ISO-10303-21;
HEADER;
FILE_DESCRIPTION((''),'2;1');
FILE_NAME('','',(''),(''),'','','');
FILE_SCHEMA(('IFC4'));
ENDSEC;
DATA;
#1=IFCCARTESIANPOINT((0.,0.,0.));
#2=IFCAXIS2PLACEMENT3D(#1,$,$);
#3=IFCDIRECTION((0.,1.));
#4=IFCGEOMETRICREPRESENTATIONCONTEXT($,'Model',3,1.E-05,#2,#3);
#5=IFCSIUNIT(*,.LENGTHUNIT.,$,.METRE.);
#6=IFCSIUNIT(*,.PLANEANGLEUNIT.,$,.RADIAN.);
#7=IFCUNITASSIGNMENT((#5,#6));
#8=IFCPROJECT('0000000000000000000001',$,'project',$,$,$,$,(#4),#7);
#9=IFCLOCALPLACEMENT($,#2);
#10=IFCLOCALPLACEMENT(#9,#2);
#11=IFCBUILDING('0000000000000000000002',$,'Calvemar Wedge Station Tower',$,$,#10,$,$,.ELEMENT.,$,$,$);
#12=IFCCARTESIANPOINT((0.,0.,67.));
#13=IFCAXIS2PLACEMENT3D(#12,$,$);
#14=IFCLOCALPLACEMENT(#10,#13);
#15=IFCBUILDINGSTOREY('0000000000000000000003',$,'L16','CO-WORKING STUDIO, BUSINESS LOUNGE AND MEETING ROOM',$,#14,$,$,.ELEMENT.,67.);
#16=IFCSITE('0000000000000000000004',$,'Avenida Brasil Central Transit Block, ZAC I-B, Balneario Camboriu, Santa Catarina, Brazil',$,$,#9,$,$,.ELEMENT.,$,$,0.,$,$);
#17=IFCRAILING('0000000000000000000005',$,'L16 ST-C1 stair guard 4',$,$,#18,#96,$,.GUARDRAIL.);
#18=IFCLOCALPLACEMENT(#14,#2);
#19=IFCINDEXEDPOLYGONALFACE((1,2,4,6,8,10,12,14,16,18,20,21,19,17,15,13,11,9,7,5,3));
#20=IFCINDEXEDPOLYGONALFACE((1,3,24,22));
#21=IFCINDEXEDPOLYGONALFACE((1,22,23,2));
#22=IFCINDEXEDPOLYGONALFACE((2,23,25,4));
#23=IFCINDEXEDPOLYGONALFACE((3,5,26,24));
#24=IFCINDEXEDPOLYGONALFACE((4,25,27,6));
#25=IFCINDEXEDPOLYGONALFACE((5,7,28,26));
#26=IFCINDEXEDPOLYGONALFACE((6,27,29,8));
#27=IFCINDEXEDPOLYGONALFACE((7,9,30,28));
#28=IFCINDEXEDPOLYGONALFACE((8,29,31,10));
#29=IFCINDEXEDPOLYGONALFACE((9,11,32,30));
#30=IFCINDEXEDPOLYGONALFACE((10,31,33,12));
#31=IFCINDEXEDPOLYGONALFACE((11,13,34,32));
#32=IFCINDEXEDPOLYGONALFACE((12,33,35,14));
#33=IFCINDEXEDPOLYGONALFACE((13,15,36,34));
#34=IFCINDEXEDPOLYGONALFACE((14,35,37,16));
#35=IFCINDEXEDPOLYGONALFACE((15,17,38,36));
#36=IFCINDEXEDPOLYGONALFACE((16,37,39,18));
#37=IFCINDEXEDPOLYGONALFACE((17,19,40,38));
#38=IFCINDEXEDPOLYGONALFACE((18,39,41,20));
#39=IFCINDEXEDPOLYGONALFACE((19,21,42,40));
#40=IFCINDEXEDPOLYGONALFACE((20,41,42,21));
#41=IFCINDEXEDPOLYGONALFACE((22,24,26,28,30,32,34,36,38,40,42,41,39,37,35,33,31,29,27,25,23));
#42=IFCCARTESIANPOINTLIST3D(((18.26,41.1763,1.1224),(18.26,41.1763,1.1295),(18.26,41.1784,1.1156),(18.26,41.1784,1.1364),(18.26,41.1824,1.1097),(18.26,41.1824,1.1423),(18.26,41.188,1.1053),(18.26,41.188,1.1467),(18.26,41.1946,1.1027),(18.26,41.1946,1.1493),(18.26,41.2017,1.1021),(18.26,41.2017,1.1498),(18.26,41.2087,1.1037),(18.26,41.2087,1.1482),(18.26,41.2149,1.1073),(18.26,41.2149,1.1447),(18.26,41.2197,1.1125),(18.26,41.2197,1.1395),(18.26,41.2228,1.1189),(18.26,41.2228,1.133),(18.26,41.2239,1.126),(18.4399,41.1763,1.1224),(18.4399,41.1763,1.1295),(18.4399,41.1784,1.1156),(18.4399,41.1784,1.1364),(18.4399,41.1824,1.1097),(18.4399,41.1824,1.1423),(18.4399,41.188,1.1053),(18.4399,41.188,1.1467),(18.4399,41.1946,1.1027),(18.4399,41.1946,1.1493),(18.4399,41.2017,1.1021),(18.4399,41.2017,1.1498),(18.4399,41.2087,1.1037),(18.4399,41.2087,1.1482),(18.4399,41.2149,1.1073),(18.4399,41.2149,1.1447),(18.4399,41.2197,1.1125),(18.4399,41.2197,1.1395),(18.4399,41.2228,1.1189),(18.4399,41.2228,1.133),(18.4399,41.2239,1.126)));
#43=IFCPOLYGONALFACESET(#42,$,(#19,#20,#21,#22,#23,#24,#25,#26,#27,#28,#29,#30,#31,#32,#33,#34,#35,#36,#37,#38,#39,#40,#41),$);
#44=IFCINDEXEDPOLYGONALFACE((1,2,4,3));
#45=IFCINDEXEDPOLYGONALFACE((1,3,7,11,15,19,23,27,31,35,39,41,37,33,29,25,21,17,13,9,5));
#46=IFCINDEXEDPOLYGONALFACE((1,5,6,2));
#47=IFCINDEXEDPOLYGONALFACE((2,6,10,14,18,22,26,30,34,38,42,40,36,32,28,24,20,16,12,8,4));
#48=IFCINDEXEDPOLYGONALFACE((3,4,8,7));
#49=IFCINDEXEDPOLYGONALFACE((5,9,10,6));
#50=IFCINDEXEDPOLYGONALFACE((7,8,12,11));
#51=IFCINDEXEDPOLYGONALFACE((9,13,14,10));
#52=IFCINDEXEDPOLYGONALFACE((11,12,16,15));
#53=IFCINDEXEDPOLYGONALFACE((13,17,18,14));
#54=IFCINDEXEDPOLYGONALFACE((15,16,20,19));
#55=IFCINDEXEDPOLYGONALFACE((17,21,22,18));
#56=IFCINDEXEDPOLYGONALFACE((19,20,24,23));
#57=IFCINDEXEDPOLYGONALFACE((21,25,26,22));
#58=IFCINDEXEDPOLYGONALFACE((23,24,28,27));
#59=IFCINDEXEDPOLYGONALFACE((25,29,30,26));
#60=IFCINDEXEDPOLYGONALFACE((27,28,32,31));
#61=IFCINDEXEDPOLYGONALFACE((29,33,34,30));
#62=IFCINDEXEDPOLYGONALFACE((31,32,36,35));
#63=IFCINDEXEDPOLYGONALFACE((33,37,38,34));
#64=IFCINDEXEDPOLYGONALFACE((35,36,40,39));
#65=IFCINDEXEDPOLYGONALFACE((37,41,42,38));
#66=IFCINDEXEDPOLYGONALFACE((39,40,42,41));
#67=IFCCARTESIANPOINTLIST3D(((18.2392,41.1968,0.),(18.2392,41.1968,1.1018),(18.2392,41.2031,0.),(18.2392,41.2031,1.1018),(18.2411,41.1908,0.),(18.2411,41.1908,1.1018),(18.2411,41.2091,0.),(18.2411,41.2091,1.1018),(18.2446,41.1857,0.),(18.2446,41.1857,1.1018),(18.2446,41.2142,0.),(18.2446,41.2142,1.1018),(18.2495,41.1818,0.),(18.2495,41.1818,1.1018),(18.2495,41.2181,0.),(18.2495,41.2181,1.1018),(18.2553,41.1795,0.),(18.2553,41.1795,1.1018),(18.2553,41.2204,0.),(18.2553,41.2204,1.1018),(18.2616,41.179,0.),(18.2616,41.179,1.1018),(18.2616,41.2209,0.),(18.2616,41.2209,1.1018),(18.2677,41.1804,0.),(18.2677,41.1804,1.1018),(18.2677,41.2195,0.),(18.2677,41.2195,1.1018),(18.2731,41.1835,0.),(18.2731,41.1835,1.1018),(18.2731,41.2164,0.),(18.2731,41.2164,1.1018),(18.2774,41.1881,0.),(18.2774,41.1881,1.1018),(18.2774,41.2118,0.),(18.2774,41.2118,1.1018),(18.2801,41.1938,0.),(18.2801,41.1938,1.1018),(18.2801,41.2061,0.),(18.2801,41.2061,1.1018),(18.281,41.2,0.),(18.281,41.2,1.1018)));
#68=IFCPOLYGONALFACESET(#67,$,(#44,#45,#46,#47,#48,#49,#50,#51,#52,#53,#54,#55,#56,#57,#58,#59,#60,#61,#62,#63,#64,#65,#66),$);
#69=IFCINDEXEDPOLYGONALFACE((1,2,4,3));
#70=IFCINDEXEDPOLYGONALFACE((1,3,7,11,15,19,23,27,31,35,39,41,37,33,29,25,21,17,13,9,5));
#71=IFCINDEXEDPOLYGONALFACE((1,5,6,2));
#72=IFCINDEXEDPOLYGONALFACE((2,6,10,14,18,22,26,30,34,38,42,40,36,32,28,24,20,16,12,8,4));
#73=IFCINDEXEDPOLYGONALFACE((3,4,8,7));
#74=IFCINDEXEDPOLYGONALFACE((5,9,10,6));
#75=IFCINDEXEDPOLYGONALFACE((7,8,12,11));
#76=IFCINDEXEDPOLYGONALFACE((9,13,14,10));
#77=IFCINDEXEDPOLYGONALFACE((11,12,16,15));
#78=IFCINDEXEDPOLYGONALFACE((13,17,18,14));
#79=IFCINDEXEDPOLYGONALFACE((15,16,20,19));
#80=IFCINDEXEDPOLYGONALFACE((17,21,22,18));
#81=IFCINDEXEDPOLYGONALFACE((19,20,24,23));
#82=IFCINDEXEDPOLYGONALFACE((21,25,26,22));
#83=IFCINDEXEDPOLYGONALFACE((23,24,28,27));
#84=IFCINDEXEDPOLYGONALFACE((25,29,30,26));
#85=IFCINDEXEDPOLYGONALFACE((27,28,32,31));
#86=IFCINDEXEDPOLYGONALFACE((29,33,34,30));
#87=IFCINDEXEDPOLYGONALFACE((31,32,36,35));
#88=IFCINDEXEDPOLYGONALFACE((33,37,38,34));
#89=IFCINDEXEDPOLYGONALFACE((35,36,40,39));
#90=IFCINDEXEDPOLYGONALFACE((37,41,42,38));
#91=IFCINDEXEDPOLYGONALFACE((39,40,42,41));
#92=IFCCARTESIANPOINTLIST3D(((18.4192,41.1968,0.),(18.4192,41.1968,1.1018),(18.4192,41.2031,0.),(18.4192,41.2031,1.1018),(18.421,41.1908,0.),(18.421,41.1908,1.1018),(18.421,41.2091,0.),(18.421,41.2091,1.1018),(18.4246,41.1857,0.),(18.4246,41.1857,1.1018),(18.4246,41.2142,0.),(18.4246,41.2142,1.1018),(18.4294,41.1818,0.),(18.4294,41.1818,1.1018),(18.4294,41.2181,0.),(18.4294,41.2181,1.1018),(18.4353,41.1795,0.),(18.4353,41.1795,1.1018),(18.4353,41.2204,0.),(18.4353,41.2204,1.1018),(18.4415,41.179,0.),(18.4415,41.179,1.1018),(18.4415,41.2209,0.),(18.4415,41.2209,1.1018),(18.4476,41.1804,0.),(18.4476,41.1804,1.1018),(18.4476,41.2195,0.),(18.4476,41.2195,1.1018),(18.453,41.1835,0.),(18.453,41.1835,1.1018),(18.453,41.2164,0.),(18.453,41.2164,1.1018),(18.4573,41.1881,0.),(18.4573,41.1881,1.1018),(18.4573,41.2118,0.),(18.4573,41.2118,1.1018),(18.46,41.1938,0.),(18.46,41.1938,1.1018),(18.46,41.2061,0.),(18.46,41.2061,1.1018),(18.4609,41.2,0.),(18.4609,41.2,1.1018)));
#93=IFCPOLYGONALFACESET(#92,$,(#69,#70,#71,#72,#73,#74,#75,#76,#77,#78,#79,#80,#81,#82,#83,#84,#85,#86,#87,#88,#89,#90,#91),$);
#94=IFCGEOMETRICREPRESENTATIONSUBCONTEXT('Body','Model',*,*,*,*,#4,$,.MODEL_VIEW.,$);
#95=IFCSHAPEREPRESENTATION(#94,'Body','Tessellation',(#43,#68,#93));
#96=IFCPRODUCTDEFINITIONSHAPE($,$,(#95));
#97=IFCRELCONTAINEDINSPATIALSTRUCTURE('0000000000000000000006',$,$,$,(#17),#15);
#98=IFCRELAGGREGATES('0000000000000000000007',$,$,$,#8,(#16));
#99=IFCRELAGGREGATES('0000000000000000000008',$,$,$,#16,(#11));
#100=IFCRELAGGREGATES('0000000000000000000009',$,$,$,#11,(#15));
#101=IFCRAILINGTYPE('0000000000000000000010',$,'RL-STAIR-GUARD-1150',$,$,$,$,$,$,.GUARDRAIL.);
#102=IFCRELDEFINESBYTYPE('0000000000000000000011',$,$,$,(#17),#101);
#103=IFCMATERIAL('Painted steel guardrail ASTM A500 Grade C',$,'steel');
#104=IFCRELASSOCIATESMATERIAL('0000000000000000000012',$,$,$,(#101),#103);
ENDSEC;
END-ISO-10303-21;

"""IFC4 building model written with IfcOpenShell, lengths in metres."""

from ifc_helpers import new_model, si_unit, direction, frame, origin, origin_2d, place, context, subcontext, project, spatial, circle, extrude, material, type_object, element, save


model = new_model("IFC4")

# Units and contexts
model_context = context("Model", 3, precision=1e-05, world=origin(), true_north=direction((0.0, 1.0)))
body_context = subcontext(model_context, "Body", "Model", "MODEL_VIEW")
ifc_project = project(units=[si_unit("LENGTHUNIT", "METRE"), si_unit("PLANEANGLEUNIT", "RADIAN")], contexts=[model_context])

# Site, building, storey
site_placement = place(None, origin())
site = spatial("IfcSite", under=ifc_project, at=site_placement, Name="Avenida Brasil Central Transit Block, ZAC I-B, Balneario Camboriu, Santa Catarina, Brazil", CompositionType="ELEMENT", RefElevation=0.0)
building_placement = place(site_placement, origin())
building = spatial("IfcBuilding", under=site, at=building_placement, Name="Calvemar Wedge Station Tower", CompositionType="ELEMENT")
storey_placement = place(building_placement, frame((0.0, 0.0, 67.0)))
storey = spatial("IfcBuildingStorey", under=building, at=storey_placement, Name="L16", Description="CO-WORKING STUDIO, BUSINESS LOUNGE AND MEETING ROOM", CompositionType="ELEMENT", Elevation=67.0)

# Railing
ifc_material_1 = material(Name="Painted steel guardrail ASTM A500 Grade C", Category="steel")
railing_type = type_object("IfcRailingType", Name="RL-STAIR-GUARD-1150", PredefinedType="GUARDRAIL", material=ifc_material_1)
railing_1_placement = place(storey_placement, frame((18.26, 41.2, 0.0)))
element("IfcRailing", 1, at=railing_1_placement, inside=storey, type_object=railing_type, Name="L16 ST-C1 stair guard 4", PredefinedType="GUARDRAIL", context=body_context, shape_type="SweptSolid", body=[
    extrude(circle(Radius=0.0239, at=origin_2d()), frame((0.0, 0.0, 1.126), z_axis=(1.0, 0.0, 0.0), x_axis=(0.0, 1.0, 0.0)), (0.0, 0.0, 1.0), 0.1799),
    extrude(circle(Radius=0.021, at=origin_2d()), origin(), (0.0, 0.0, 1.0), 1.1018),
    extrude(circle(Radius=0.021, at=origin_2d()), frame((0.1799, 0.0, 0.0)), (0.0, 0.0, 1.0), 1.1018),
])

save(model, "model.ifc")
